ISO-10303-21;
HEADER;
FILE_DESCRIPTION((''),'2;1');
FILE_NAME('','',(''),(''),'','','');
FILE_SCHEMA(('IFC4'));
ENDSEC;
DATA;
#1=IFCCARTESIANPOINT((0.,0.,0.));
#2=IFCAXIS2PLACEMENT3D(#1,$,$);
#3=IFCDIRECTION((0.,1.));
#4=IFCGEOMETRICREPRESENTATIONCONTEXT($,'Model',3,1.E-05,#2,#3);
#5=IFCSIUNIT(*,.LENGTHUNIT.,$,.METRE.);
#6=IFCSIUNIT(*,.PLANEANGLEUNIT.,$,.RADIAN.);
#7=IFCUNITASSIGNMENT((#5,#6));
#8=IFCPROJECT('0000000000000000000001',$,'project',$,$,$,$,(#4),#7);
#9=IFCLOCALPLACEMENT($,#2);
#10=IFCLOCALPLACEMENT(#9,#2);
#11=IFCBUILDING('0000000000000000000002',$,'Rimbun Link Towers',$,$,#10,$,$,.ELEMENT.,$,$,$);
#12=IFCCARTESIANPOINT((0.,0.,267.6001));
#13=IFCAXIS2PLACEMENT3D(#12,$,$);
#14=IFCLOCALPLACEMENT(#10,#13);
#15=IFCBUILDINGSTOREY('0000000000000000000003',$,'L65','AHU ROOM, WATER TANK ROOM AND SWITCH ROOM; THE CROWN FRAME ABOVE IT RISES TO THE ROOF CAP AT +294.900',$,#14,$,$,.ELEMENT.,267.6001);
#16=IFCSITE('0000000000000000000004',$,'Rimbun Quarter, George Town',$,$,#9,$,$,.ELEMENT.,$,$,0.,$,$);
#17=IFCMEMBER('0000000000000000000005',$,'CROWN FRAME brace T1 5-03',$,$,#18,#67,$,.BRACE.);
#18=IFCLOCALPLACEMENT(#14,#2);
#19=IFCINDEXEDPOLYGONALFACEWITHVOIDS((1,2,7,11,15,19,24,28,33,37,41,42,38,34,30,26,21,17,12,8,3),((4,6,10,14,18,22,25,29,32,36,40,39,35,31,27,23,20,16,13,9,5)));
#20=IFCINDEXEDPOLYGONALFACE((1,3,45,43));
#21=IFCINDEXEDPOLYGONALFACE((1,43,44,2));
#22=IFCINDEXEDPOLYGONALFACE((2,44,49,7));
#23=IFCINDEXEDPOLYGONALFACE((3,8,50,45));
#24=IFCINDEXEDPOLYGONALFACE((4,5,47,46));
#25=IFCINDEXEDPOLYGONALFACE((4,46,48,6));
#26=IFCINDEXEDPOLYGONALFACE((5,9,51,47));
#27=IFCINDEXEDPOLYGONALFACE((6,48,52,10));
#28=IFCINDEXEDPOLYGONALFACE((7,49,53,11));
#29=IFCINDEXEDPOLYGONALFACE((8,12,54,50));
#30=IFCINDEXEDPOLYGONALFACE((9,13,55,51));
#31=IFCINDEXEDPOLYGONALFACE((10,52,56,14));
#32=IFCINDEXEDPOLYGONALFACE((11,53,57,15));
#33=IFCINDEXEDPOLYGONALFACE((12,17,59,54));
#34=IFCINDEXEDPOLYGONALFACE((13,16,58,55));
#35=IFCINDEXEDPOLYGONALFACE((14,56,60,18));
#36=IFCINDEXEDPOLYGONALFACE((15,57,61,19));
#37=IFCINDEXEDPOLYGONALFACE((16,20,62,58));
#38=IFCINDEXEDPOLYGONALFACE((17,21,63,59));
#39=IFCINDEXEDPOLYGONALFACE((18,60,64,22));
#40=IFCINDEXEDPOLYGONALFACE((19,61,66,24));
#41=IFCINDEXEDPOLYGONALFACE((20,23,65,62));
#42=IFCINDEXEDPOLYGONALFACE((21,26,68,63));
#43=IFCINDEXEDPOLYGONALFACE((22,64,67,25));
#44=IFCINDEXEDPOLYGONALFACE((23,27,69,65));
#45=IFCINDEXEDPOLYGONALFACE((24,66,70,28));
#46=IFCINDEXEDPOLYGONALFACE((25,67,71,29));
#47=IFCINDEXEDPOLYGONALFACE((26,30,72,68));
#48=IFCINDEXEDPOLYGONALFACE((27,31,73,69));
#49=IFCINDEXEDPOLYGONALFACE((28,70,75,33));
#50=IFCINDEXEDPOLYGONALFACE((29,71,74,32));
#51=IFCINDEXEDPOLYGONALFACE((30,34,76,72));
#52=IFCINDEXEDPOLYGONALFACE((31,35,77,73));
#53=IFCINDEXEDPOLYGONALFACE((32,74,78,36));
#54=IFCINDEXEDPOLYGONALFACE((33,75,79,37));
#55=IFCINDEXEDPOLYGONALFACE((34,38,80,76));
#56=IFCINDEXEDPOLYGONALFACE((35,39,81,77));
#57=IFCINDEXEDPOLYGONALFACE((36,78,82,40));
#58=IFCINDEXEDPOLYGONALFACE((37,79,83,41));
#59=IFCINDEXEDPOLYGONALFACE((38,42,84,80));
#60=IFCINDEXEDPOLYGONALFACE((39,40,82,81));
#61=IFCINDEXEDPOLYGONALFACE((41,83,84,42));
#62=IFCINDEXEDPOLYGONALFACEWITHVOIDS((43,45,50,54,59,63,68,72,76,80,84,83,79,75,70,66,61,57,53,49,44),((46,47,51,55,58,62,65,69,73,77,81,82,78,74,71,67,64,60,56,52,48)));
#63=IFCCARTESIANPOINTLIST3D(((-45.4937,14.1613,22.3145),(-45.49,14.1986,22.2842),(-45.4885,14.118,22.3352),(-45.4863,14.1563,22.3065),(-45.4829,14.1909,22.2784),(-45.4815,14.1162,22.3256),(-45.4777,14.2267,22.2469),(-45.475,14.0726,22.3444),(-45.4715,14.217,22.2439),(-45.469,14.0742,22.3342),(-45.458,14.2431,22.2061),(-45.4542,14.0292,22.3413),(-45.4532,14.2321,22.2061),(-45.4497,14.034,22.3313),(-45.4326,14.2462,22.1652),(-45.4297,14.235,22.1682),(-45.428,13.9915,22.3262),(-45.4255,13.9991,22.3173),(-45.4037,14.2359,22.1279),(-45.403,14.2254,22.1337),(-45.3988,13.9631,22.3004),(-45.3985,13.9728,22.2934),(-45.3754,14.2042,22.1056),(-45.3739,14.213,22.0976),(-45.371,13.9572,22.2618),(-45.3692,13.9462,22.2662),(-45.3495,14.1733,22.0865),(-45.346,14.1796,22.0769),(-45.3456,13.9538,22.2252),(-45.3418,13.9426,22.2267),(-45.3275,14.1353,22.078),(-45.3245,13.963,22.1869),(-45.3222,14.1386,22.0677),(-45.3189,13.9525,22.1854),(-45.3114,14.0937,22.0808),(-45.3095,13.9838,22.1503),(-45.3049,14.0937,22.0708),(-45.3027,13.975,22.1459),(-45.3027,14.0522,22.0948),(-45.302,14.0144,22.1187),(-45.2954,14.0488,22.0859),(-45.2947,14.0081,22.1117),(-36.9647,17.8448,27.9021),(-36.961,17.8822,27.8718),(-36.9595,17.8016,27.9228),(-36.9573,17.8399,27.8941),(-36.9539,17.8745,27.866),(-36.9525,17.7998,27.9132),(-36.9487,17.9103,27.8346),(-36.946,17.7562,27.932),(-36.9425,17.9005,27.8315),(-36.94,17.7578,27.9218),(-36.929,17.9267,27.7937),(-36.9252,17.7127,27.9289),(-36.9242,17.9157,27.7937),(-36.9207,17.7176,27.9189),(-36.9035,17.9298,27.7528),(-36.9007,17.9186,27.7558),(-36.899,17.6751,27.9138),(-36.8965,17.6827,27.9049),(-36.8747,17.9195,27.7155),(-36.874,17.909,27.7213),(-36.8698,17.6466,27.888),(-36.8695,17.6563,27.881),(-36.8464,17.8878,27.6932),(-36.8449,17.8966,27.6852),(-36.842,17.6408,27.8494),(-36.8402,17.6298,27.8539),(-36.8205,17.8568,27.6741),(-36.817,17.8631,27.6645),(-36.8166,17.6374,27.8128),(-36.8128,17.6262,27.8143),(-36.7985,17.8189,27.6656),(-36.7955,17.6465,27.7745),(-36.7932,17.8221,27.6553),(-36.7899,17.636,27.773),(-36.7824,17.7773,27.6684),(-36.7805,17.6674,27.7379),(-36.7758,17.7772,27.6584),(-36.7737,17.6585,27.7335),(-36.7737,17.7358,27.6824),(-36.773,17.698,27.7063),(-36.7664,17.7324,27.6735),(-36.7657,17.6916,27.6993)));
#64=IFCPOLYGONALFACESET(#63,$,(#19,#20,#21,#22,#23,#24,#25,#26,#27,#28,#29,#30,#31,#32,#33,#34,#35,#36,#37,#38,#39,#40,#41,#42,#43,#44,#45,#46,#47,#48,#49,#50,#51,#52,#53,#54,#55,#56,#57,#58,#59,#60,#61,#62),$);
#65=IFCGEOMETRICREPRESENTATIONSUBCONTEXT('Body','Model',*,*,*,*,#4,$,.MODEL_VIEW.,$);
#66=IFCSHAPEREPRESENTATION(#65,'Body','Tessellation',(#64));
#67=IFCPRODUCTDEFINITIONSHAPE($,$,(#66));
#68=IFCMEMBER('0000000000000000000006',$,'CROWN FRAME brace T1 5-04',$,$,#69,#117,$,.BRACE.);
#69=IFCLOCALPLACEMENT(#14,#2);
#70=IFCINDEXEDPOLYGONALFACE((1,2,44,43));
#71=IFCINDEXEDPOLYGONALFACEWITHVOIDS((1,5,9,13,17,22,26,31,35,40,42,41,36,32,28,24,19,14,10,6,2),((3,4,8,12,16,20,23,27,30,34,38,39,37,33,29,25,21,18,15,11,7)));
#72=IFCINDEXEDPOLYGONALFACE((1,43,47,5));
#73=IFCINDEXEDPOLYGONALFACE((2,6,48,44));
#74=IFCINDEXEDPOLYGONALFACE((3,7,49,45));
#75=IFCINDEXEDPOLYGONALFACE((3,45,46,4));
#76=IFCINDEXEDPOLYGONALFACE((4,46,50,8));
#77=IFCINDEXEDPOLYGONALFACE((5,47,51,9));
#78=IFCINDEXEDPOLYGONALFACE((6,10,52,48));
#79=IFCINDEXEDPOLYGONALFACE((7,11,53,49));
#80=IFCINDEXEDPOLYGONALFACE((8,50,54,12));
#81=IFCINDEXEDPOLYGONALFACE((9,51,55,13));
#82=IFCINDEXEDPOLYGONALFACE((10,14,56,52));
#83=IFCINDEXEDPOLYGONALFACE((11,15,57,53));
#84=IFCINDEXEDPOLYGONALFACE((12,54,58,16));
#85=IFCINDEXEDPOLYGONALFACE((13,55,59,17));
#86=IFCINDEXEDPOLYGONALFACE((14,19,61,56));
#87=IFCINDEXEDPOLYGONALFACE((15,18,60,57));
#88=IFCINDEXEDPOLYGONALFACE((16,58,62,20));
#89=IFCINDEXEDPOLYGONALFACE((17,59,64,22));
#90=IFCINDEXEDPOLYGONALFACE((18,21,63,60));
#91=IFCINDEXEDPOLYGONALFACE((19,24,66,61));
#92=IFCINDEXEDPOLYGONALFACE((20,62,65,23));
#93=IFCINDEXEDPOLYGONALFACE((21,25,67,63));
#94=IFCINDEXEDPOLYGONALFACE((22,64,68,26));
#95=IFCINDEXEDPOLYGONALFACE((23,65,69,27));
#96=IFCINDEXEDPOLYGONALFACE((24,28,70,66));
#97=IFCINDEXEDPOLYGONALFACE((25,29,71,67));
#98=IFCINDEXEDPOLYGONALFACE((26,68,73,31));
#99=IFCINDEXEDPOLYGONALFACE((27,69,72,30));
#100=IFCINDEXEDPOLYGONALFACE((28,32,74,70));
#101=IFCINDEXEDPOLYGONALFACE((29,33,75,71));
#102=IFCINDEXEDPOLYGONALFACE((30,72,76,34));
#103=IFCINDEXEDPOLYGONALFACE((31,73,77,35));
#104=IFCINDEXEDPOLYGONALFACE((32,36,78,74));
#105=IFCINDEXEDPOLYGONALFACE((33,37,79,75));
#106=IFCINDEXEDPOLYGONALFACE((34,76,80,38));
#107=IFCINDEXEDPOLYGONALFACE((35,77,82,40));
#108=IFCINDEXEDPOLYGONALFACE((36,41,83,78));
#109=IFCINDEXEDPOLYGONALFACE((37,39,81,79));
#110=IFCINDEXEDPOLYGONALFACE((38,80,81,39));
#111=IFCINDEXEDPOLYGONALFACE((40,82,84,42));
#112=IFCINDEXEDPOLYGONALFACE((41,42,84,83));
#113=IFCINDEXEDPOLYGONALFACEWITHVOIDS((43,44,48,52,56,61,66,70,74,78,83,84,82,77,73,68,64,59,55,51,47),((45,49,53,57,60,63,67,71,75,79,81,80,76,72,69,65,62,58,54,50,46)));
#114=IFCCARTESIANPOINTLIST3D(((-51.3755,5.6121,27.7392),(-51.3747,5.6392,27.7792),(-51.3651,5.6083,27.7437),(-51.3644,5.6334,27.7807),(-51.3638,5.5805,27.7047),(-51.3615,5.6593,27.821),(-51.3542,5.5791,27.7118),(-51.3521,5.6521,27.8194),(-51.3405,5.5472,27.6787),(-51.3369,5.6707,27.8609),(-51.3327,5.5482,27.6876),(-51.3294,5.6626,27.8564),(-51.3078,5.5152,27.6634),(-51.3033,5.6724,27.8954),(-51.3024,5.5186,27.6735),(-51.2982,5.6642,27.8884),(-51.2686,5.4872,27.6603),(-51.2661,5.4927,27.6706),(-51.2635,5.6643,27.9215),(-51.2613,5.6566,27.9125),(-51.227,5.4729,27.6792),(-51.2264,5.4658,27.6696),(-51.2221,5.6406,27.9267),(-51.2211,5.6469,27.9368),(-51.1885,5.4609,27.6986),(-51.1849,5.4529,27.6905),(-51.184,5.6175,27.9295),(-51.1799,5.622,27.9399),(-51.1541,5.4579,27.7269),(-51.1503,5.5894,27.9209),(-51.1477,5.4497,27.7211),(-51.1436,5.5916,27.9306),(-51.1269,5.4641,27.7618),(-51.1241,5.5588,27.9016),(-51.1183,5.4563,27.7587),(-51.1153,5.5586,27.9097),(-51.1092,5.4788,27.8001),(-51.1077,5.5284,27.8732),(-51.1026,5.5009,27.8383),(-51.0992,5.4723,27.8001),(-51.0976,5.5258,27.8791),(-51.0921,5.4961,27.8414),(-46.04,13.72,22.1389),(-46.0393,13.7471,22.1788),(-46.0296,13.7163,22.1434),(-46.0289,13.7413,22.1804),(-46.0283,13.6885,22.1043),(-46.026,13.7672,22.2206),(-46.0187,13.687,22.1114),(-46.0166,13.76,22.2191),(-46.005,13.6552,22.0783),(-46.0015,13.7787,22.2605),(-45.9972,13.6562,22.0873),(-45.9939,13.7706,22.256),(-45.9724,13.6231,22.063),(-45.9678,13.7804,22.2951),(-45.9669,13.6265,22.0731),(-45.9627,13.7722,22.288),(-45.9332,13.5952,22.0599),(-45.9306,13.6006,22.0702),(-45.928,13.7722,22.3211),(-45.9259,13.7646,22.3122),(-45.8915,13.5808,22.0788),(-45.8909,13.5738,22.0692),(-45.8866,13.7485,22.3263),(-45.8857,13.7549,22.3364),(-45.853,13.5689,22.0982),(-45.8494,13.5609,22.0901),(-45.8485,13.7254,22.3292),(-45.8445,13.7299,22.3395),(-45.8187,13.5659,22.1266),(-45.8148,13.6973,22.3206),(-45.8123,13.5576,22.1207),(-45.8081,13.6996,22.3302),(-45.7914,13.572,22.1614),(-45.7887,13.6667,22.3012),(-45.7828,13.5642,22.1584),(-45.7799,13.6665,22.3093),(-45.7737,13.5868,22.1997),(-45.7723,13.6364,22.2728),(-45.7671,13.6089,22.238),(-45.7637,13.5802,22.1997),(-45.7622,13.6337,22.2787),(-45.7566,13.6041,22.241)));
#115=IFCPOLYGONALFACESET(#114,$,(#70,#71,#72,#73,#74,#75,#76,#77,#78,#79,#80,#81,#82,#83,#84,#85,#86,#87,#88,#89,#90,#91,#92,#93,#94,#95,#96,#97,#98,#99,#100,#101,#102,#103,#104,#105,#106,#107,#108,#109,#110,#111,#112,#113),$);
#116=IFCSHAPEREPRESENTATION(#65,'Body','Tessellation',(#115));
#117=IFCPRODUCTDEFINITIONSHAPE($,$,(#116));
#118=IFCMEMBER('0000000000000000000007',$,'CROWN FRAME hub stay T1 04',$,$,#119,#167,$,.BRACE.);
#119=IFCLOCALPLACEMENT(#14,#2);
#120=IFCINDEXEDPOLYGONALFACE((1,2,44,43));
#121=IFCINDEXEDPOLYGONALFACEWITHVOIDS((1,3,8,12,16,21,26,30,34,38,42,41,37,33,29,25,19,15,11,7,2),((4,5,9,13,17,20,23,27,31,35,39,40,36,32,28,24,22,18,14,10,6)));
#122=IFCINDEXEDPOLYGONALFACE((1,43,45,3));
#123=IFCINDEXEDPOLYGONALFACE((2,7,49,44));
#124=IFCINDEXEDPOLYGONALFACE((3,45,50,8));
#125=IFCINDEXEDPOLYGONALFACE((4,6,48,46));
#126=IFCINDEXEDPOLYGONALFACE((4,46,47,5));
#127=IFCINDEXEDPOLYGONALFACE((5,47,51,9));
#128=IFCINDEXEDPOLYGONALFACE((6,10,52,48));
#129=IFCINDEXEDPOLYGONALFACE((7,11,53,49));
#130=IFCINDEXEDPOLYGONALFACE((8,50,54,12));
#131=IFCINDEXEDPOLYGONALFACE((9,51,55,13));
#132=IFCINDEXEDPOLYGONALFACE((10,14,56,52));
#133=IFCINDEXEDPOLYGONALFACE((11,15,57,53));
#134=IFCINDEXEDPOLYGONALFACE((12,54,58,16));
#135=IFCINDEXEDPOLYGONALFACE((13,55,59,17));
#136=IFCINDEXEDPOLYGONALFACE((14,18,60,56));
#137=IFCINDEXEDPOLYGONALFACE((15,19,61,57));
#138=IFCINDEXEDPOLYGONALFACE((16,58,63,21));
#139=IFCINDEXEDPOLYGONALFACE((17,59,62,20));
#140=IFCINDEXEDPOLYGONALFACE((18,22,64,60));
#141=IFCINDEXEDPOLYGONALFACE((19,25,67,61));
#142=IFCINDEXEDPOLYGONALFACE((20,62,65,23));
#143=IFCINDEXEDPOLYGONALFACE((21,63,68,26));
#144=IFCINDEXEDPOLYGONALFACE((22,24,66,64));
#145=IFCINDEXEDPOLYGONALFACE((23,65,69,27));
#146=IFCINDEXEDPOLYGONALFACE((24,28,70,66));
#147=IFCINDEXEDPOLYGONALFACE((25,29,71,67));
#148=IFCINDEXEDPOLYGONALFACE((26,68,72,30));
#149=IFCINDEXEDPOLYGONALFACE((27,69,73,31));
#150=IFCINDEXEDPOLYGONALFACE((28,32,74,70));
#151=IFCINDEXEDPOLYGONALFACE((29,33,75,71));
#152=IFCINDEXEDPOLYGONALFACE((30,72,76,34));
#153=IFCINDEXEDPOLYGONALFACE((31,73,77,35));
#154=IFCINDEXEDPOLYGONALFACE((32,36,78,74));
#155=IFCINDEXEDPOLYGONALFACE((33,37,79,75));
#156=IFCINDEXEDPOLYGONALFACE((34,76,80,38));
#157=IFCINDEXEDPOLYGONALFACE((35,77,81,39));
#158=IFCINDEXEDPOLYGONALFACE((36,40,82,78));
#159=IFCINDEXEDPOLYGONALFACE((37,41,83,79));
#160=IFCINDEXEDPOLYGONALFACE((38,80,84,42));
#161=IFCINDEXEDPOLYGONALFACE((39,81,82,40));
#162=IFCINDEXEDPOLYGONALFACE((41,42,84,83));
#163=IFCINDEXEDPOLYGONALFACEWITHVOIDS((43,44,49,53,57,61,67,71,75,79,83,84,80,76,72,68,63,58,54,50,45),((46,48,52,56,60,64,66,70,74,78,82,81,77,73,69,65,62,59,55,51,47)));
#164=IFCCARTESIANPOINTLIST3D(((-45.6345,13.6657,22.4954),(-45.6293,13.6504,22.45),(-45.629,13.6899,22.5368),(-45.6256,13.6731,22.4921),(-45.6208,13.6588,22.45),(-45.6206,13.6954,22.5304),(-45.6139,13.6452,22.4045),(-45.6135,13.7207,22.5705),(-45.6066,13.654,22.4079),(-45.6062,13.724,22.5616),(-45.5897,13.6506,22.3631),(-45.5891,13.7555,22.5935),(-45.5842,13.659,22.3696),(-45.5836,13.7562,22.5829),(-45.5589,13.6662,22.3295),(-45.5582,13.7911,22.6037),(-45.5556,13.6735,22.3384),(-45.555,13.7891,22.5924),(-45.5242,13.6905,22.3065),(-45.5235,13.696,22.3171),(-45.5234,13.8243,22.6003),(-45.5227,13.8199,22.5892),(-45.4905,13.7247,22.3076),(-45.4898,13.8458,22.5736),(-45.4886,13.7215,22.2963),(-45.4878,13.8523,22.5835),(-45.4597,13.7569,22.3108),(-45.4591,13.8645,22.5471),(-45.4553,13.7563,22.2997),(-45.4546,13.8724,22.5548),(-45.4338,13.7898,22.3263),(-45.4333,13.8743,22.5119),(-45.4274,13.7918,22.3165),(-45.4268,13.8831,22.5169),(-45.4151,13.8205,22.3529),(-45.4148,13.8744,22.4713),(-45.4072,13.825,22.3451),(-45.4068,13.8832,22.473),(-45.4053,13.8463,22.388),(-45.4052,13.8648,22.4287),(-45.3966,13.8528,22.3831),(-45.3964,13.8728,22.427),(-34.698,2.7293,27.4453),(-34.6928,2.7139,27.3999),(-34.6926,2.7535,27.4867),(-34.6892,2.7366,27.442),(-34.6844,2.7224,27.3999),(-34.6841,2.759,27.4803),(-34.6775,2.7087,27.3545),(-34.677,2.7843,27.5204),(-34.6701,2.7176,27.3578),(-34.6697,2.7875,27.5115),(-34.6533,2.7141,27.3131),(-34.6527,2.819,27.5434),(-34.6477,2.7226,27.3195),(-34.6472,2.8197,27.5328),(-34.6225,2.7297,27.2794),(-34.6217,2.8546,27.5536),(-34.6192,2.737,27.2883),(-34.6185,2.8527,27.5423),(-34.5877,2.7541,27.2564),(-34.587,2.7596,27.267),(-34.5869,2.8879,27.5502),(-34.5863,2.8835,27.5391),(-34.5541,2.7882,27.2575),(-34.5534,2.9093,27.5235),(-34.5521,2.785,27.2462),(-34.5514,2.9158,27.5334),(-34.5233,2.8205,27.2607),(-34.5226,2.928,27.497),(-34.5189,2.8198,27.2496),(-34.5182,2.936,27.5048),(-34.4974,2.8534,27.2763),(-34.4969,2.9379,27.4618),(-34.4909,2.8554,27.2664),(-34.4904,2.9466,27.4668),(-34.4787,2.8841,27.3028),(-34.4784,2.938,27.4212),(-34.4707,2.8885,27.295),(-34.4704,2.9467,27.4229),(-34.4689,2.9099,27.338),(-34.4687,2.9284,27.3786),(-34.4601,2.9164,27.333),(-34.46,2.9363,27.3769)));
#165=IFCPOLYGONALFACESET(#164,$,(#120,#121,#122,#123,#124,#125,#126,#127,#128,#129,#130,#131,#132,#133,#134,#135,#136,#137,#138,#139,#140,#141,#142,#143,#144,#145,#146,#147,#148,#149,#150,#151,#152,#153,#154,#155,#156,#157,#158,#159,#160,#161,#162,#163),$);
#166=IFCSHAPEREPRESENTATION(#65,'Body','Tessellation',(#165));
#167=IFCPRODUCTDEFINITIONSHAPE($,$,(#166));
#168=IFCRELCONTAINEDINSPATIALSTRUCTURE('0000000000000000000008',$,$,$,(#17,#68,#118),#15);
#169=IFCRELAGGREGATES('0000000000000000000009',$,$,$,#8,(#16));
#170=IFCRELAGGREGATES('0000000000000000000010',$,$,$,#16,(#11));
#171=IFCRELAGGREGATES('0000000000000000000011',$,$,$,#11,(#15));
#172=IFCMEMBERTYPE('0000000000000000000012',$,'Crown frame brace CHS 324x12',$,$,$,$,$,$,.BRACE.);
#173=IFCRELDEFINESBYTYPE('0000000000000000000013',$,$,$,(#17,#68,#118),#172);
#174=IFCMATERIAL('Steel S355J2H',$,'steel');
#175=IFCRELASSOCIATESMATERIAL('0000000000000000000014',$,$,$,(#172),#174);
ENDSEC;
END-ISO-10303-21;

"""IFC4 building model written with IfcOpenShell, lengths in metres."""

from ifc_helpers import new_model, si_unit, direction, frame, origin, origin_2d, place, context, subcontext, project, spatial, hollow_circle, extrude, material, material_profile, profile_set, type_object, element, save


model = new_model("IFC4")

# Units and contexts
model_context = context("Model", 3, precision=1e-05, world=origin(), true_north=direction((0.0, 1.0)))
body_context = subcontext(model_context, "Body", "Model", "MODEL_VIEW")
ifc_project = project(units=[si_unit("LENGTHUNIT", "METRE"), si_unit("PLANEANGLEUNIT", "RADIAN")], contexts=[model_context])

# Site, building, storey
site_placement = place(None, origin())
site = spatial("IfcSite", under=ifc_project, at=site_placement, Name="Rimbun Quarter, George Town", CompositionType="ELEMENT", RefElevation=0.0)
building_placement = place(site_placement, origin())
building = spatial("IfcBuilding", under=site, at=building_placement, Name="Rimbun Link Towers", CompositionType="ELEMENT")
storey_placement = place(building_placement, frame((0.0, 0.0, 267.6001)))
storey = spatial("IfcBuildingStorey", under=building, at=storey_placement, Name="L65", Description="AHU ROOM, WATER TANK ROOM AND SWITCH ROOM; THE CROWN FRAME ABOVE IT RISES TO THE ROOF CAP AT +294.900", CompositionType="ELEMENT", Elevation=267.6001)

# Members
ifc_material_1 = material(Name="Steel S355J2H", Category="steel")
ifc_material_profile_1 = material_profile(ifc_material_1, hollow_circle(Radius=0.1619, WallThickness=0.012, at=origin_2d()), Name="Crown frame brace CHS 324x12")
ifc_profile_set_1 = profile_set([ifc_material_profile_1], Name="Steel S355J2H")
member_type_1 = type_object("IfcMemberType", Name="Crown frame brace CHS 324x12", PredefinedType="BRACE", material=ifc_profile_set_1)
member_1_placement = place(storey_placement, frame((-45.3938, 14.0945, 22.2061), z_axis=(0.786713, 0.339772, 0.5154), x_axis=(-0.39649, 0.918039, 0.0)))
element("IfcMember", 1, at=member_1_placement, inside=storey, type_object=member_type_1, Name="CROWN FRAME brace T1 5-03", PredefinedType="BRACE", context=body_context, shape_type="SweptSolid", body=[
    extrude(hollow_circle(Radius=0.1619, WallThickness=0.012, at=origin_2d()), origin(), (0.0, 0.0, 1.0), 10.8413),
])
member_2_placement = place(storey_placement, frame((-45.8989, 13.6692, 22.1997), z_axis=(-0.476135, -0.723548, 0.499773), x_axis=(0.835356, -0.54971, 0.0)))
element("IfcMember", 2, at=member_2_placement, inside=storey, type_object=member_type_1, Name="CROWN FRAME brace T1 5-04", PredefinedType="BRACE", context=body_context, shape_type="SweptSolid", body=[
    extrude(hollow_circle(Radius=0.1619, WallThickness=0.012, at=origin_2d()), origin(), (0.0, 0.0, 1.0), 11.2058),
])
member_3_placement = place(storey_placement, frame((-34.5784, 2.8284, 27.3999), z_axis=(-0.673457, 0.673457, -0.304812), x_axis=(-0.707107, -0.707107, 0.0)))
element("IfcMember", 3, at=member_3_placement, inside=storey, type_object=member_type_1, Name="CROWN FRAME hub stay T1 04", PredefinedType="BRACE", context=body_context, shape_type="SweptSolid", body=[
    extrude(hollow_circle(Radius=0.1619, WallThickness=0.012, at=origin_2d()), origin(), (0.0, 0.0, 1.0), 16.2393),
])

save(model, "model.ifc")
